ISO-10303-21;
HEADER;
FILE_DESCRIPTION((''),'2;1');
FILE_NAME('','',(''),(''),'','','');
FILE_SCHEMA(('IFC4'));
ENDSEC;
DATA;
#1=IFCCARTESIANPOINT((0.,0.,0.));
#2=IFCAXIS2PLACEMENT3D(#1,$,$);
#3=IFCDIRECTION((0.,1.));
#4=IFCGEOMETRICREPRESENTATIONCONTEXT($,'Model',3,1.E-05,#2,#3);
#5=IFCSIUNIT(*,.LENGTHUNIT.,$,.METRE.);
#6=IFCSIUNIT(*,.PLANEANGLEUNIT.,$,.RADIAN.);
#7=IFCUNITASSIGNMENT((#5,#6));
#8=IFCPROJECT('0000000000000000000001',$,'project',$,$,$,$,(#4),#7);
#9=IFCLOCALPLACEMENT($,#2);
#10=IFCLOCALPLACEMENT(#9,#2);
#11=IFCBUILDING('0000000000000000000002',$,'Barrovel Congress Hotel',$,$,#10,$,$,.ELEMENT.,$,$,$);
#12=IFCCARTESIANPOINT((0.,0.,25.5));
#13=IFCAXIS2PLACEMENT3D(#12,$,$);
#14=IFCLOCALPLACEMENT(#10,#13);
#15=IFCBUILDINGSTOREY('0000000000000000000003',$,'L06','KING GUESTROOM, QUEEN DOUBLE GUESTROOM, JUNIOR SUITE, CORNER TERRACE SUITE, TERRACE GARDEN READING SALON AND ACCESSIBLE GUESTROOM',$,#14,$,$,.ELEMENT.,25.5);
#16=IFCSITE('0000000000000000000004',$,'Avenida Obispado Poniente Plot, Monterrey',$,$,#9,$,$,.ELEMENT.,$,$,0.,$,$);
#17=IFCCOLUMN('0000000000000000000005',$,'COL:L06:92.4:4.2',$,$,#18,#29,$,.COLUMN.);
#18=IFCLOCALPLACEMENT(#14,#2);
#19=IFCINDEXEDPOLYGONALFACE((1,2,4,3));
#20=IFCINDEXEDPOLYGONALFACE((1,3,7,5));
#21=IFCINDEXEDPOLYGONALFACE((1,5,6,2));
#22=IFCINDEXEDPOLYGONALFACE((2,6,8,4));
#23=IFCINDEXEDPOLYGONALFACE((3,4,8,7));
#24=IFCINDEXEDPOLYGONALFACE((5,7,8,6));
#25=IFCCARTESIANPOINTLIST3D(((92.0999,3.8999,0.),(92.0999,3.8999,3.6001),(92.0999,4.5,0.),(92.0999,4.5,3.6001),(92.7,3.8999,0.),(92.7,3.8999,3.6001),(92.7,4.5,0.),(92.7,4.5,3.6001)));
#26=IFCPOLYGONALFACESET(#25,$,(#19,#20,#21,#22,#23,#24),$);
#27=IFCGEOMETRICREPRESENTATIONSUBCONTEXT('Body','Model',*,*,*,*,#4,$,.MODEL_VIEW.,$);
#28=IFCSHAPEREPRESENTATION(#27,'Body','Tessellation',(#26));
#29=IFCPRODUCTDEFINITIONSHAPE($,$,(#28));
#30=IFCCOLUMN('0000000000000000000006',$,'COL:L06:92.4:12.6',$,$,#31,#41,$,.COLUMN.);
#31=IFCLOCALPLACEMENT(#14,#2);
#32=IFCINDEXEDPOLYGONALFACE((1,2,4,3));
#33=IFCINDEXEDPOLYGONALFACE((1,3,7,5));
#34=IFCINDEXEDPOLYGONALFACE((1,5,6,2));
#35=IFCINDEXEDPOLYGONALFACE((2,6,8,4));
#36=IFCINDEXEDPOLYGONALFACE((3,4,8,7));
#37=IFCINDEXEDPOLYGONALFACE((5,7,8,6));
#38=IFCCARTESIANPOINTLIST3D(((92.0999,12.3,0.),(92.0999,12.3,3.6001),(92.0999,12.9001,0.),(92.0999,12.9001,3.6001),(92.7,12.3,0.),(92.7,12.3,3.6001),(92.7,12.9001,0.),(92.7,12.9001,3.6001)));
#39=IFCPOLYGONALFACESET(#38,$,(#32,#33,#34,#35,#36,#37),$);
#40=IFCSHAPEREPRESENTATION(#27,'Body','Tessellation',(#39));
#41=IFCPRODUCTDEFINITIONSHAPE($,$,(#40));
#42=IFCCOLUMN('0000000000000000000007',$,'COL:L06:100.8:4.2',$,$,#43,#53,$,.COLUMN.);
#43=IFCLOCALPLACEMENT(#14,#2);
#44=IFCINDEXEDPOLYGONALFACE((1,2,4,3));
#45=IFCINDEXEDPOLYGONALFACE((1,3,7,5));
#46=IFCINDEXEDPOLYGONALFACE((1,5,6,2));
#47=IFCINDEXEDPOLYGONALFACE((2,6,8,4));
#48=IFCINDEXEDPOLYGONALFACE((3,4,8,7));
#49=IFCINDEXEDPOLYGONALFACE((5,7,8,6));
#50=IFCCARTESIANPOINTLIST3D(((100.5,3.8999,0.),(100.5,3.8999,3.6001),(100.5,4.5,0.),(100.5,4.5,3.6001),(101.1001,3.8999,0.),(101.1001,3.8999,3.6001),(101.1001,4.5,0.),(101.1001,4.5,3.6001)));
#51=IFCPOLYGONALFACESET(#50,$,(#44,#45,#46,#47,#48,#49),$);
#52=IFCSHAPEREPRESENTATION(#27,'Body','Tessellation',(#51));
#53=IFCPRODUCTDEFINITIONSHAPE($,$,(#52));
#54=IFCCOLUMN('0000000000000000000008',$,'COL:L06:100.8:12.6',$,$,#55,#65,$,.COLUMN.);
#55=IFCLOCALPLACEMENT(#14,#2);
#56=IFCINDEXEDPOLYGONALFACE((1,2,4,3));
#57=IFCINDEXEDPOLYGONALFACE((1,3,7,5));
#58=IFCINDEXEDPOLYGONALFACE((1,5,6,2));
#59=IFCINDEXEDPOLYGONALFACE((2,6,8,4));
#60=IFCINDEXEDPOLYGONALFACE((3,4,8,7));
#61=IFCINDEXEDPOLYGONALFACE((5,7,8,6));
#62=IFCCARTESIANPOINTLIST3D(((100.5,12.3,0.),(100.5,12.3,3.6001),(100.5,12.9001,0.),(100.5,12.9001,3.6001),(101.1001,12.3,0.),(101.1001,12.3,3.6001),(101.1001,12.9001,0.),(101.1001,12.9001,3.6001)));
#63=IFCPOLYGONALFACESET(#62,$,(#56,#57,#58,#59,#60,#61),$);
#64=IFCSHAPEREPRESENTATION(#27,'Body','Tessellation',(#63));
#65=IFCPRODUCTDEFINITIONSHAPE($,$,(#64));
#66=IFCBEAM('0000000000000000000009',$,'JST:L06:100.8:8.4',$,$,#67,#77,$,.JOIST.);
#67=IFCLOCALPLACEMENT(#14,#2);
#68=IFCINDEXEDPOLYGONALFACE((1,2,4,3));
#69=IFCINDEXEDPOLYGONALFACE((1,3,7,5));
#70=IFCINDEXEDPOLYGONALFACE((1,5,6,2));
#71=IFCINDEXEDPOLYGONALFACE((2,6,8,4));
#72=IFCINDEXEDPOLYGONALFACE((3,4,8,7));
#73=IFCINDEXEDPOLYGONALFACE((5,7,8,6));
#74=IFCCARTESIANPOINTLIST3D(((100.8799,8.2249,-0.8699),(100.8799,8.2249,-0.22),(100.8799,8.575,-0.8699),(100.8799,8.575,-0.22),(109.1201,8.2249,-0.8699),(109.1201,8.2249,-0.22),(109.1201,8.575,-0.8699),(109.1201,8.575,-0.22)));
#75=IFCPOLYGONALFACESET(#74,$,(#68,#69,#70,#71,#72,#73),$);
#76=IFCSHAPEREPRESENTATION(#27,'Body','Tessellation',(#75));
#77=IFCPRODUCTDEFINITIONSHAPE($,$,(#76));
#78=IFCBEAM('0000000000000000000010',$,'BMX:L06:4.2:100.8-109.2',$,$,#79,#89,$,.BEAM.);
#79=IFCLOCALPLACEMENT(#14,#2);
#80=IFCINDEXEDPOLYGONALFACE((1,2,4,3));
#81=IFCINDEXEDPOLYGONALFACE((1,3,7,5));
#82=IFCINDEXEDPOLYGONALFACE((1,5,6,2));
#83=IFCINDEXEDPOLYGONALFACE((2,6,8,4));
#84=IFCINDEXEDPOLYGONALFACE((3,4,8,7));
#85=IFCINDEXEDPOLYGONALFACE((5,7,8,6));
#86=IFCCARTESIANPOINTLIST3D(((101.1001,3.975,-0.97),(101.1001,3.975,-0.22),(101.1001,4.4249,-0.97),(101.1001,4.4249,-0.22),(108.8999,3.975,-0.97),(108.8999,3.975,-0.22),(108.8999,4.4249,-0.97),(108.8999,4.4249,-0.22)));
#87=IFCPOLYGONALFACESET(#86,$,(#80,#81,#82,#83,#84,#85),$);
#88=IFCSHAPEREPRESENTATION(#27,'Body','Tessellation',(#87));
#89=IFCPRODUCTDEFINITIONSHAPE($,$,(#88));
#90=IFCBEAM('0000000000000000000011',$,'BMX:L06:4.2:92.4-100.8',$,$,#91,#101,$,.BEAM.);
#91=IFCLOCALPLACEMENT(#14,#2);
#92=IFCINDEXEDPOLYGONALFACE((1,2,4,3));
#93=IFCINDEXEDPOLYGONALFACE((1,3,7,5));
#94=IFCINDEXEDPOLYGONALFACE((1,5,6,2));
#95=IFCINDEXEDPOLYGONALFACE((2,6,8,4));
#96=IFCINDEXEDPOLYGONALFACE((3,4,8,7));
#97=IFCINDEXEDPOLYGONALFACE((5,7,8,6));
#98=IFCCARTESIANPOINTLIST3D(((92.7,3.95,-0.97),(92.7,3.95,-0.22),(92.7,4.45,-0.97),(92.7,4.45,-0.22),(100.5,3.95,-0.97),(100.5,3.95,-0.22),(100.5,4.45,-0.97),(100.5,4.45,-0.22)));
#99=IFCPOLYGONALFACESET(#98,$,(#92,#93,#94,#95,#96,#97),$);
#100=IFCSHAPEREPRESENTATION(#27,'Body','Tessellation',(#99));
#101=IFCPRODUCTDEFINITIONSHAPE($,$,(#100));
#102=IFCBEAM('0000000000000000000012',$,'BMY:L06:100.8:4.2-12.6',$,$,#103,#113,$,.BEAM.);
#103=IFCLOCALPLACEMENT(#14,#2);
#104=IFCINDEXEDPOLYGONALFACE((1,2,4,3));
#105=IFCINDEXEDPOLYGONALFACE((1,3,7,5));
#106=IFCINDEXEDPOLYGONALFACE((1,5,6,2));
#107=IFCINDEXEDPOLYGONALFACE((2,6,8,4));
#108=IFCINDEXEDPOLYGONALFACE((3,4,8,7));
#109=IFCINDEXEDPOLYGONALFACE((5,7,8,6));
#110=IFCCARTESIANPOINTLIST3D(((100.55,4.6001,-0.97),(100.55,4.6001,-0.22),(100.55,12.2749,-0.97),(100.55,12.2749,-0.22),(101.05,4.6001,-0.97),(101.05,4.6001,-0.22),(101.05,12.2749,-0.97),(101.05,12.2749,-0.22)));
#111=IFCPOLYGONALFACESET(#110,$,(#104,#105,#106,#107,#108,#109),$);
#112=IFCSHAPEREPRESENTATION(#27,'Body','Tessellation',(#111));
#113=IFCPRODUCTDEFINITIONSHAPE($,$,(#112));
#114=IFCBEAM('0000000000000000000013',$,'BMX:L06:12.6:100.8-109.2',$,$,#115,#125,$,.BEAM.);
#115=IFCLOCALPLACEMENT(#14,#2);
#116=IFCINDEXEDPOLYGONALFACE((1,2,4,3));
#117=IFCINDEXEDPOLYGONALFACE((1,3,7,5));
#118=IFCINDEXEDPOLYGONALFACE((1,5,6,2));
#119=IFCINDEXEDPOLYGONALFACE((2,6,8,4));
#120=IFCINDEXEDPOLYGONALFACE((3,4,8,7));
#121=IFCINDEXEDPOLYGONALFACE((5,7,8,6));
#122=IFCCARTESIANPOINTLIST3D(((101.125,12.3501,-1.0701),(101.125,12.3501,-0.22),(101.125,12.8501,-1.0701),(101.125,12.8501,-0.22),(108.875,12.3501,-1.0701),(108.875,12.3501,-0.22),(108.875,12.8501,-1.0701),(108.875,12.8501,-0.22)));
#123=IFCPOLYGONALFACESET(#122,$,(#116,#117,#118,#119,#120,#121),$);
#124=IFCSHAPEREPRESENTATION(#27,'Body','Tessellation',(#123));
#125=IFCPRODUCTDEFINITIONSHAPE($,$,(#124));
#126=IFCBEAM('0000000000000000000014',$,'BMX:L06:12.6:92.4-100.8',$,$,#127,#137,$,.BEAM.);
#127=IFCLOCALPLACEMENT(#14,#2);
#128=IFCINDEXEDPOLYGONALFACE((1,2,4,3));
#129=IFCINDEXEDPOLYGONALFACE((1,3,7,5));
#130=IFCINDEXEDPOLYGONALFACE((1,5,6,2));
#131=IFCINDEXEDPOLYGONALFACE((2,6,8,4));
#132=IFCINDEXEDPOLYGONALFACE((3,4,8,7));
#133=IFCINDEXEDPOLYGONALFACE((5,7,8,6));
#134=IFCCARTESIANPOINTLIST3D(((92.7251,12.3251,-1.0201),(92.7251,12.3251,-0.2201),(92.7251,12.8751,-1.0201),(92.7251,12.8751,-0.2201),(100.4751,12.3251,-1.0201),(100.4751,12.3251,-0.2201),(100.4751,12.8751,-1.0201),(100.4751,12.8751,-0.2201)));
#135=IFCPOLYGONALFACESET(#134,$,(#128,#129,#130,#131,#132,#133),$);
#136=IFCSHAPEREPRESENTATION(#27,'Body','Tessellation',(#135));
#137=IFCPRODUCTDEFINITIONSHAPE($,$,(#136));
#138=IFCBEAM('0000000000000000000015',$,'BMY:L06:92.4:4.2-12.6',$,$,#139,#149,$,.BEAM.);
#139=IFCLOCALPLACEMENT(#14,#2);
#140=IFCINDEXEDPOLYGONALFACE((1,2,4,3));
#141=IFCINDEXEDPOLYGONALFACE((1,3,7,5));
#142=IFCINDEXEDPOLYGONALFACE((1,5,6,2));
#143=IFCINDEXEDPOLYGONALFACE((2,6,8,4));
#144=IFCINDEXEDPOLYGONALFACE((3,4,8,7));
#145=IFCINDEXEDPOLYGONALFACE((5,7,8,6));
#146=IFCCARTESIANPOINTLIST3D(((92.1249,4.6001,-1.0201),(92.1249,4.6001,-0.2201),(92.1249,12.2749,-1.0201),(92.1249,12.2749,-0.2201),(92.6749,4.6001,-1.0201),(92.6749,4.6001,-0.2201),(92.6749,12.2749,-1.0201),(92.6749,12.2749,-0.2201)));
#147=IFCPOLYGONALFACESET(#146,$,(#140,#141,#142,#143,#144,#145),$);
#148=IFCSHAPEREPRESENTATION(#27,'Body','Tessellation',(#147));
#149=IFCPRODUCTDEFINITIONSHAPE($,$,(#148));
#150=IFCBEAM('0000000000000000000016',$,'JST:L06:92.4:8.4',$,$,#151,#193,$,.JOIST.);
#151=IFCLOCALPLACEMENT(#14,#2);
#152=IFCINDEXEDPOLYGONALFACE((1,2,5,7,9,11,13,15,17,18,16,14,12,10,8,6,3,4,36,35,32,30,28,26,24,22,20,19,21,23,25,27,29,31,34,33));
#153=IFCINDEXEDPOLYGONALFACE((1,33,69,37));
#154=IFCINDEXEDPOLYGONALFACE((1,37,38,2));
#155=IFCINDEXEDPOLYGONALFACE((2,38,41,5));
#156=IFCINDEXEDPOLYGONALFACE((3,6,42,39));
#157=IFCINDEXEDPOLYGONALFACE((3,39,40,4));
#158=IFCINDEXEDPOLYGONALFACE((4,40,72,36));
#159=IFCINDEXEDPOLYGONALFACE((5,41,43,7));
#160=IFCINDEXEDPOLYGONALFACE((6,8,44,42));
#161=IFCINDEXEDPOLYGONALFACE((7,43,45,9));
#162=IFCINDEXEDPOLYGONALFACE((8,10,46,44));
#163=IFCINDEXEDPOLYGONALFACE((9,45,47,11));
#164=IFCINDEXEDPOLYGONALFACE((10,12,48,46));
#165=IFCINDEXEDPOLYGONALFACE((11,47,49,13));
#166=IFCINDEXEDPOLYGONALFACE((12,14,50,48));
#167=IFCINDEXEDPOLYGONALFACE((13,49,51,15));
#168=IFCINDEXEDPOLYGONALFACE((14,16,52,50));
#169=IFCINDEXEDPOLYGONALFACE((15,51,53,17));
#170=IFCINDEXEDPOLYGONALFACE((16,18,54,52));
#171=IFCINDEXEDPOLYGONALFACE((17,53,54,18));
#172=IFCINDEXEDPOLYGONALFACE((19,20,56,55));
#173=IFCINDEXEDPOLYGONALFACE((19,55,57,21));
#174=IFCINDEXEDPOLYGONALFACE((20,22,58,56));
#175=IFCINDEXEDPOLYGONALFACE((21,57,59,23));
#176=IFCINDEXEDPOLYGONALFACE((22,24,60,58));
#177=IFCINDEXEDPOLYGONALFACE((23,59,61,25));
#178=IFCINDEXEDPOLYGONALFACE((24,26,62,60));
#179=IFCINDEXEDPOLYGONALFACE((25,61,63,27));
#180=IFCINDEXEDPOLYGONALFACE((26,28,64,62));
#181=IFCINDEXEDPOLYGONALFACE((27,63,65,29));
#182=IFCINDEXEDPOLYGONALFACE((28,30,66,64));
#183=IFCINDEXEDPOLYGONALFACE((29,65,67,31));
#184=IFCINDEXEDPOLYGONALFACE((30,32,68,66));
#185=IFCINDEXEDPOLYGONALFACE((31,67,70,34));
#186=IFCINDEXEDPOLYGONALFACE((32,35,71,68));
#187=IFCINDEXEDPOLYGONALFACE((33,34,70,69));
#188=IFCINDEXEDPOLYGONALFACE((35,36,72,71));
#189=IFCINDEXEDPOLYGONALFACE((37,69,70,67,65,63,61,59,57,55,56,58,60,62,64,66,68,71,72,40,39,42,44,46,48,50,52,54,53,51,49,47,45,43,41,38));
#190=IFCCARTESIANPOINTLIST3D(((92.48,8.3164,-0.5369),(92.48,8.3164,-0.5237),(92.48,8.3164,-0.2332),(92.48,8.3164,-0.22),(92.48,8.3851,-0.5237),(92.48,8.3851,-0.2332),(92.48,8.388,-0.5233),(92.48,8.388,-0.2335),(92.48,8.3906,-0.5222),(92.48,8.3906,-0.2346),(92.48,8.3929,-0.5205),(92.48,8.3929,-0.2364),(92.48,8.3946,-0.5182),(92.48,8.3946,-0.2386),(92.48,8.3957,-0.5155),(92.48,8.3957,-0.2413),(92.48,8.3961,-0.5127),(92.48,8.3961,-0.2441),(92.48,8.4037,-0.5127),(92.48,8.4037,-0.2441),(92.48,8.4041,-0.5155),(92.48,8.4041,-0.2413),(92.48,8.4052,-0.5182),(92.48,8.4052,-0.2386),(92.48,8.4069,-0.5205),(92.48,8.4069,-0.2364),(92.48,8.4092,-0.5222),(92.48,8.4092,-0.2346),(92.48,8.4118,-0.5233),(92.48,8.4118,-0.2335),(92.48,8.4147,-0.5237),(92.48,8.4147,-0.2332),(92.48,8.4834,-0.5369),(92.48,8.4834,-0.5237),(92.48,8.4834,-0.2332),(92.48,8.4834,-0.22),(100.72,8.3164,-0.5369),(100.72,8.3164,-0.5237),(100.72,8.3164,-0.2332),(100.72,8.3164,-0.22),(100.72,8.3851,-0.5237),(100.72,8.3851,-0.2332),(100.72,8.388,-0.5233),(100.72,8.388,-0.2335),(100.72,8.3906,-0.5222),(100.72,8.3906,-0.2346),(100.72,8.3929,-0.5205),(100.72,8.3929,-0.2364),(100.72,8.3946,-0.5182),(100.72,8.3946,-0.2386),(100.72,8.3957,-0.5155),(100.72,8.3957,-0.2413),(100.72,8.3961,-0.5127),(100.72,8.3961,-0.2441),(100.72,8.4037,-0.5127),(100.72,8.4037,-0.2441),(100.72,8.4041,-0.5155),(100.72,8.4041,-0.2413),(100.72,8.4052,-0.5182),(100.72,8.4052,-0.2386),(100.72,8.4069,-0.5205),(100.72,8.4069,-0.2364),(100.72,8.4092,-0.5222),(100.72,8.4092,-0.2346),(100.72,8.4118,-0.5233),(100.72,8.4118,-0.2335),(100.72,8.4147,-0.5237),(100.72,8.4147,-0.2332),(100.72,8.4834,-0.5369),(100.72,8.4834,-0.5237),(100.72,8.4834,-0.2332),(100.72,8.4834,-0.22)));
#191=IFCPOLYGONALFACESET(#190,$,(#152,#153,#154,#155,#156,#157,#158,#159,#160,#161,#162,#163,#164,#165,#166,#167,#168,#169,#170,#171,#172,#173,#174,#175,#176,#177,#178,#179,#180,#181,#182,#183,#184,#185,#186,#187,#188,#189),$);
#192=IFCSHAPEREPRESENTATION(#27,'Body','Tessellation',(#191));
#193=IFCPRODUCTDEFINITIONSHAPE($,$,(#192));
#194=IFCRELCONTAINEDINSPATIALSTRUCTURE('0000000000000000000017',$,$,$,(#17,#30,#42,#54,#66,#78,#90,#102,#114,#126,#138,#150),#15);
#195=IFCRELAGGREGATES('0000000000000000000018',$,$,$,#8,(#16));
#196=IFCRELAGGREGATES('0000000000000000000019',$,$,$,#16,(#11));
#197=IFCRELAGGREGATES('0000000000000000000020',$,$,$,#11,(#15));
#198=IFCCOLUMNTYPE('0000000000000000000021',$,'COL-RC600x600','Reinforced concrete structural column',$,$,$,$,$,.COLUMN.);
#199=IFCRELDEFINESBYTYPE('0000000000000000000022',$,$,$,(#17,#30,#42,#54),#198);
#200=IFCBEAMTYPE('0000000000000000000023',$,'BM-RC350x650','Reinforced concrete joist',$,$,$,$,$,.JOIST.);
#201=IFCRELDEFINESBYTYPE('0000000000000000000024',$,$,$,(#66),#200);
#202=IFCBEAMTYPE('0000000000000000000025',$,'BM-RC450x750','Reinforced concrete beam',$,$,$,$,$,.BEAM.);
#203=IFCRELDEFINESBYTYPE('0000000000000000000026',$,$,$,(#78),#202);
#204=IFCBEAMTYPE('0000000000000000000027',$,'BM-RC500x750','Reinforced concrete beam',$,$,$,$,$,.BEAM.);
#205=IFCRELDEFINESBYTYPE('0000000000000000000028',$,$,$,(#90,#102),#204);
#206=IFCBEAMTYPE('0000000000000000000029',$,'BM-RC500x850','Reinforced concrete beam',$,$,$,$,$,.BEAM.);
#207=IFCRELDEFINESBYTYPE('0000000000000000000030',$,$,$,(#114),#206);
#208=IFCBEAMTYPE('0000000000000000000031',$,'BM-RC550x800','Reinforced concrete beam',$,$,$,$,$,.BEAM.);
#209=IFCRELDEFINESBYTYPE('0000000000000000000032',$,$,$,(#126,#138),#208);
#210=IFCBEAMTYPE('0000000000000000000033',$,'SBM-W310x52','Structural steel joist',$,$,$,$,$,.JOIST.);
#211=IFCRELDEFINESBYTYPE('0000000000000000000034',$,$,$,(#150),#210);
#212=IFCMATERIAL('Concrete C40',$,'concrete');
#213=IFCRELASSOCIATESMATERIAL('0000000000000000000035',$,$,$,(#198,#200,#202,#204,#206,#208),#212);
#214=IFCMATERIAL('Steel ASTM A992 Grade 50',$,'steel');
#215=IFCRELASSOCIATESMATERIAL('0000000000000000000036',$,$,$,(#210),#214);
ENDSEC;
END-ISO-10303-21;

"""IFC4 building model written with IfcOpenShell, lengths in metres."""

from ifc_helpers import new_model, si_unit, direction, frame, origin, origin_2d, place, context, subcontext, project, spatial, rectangle, i_section, extrude, material, material_profile, profile_set, type_object, element, save


model = new_model("IFC4")

# Units and contexts
model_context = context("Model", 3, precision=1e-05, world=origin(), true_north=direction((0.0, 1.0)))
body_context = subcontext(model_context, "Body", "Model", "MODEL_VIEW")
ifc_project = project(units=[si_unit("LENGTHUNIT", "METRE"), si_unit("PLANEANGLEUNIT", "RADIAN")], contexts=[model_context])

# Site, building, storey
site_placement = place(None, origin())
site = spatial("IfcSite", under=ifc_project, at=site_placement, Name="Avenida Obispado Poniente Plot, Monterrey", CompositionType="ELEMENT", RefElevation=0.0)
building_placement = place(site_placement, origin())
building = spatial("IfcBuilding", under=site, at=building_placement, Name="Barrovel Congress Hotel", CompositionType="ELEMENT")
storey_placement = place(building_placement, frame((0.0, 0.0, 25.5)))
storey = spatial("IfcBuildingStorey", under=building, at=storey_placement, Name="L06", Description="KING GUESTROOM, QUEEN DOUBLE GUESTROOM, JUNIOR SUITE, CORNER TERRACE SUITE, TERRACE GARDEN READING SALON AND ACCESSIBLE GUESTROOM", CompositionType="ELEMENT", Elevation=25.5)

# Columns
ifc_material_1 = material(Name="Concrete C40", Category="concrete")
ifc_material_profile_1 = material_profile(ifc_material_1, rectangle(XDim=0.6001, YDim=0.6001, at=origin_2d()), Name="RC600x600")
ifc_profile_set_1 = profile_set([ifc_material_profile_1], Name="Concrete C40")
column_type = type_object("IfcColumnType", Name="COL-RC600x600", Description="Reinforced concrete structural column", PredefinedType="COLUMN", material=ifc_profile_set_1)
for number, where, z_axis, x_axis, name in (
    (1, (92.3999, 4.2, 0.0), (0.0, 0.0, 1.0), (1.0, 0.0, 0.0), "COL:L06:92.4:4.2"),
    (2, (92.3999, 12.6001, 0.0), (0.0, 0.0, 1.0), (1.0, 0.0, 0.0), "COL:L06:92.4:12.6"),
    (3, (100.8, 4.2, 0.0), (0.0, 0.0, 1.0), (1.0, 0.0, 0.0), "COL:L06:100.8:4.2"),
    (4, (100.8, 12.6001, 0.0), (0.0, 0.0, 1.0), (1.0, 0.0, 0.0), "COL:L06:100.8:12.6"),
):
    element("IfcColumn", number, at=place(storey_placement, frame(where, z_axis=z_axis, x_axis=x_axis)), inside=storey, type_object=column_type, Name=name, PredefinedType="COLUMN", context=body_context, shape_type="SweptSolid", body=[
        extrude(rectangle(XDim=0.6001, YDim=0.6001, at=origin_2d()), origin(), (0.0, 0.0, 1.0), 3.6001),
    ])

# Beams
ifc_material_profile_2 = material_profile(ifc_material_1, rectangle(XDim=0.3501, YDim=0.6499, at=origin_2d()), Name="RC350x650")
ifc_profile_set_2 = profile_set([ifc_material_profile_2], Name="Concrete C40")
beam_type_1 = type_object("IfcBeamType", Name="BM-RC350x650", Description="Reinforced concrete joist", PredefinedType="JOIST", material=ifc_profile_set_2)
beam_1_placement = place(storey_placement, frame((100.8799, 8.3999, -0.5449), z_axis=(1.0, 0.0, 0.0), x_axis=(0.0, 1.0, 0.0)))
element("IfcBeam", 5, at=beam_1_placement, inside=storey, type_object=beam_type_1, Name="JST:L06:100.8:8.4", PredefinedType="JOIST", context=body_context, shape_type="SweptSolid", body=[
    extrude(rectangle(XDim=0.3501, YDim=0.6499, at=origin_2d()), origin(), (0.0, 0.0, 1.0), 8.2402),
])
ifc_material_profile_3 = material_profile(ifc_material_1, rectangle(XDim=0.45, YDim=0.75, at=origin_2d()), Name="RC450x750")
ifc_profile_set_3 = profile_set([ifc_material_profile_3], Name="Concrete C40")
beam_type_2 = type_object("IfcBeamType", Name="BM-RC450x750", Description="Reinforced concrete beam", PredefinedType="BEAM", material=ifc_profile_set_3)
beam_2_placement = place(storey_placement, frame((101.1001, 4.2, -0.595), z_axis=(1.0, 0.0, 0.0), x_axis=(0.0, 1.0, 0.0)))
element("IfcBeam", 6, at=beam_2_placement, inside=storey, type_object=beam_type_2, Name="BMX:L06:4.2:100.8-109.2", PredefinedType="BEAM", context=body_context, shape_type="SweptSolid", body=[
    extrude(rectangle(XDim=0.45, YDim=0.75, at=origin_2d()), origin(), (0.0, 0.0, 1.0), 7.7998),
])
ifc_material_profile_4 = material_profile(ifc_material_1, rectangle(XDim=0.5, YDim=0.75, at=origin_2d()), Name="RC500x750")
ifc_profile_set_4 = profile_set([ifc_material_profile_4], Name="Concrete C40")
beam_type_3 = type_object("IfcBeamType", Name="BM-RC500x750", Description="Reinforced concrete beam", PredefinedType="BEAM", material=ifc_profile_set_4)
beam_3_placement = place(storey_placement, frame((92.7, 4.2, -0.595), z_axis=(1.0, 0.0, 0.0), x_axis=(0.0, 1.0, 0.0)))
element("IfcBeam", 7, at=beam_3_placement, inside=storey, type_object=beam_type_3, Name="BMX:L06:4.2:92.4-100.8", PredefinedType="BEAM", context=body_context, shape_type="SweptSolid", body=[
    extrude(rectangle(XDim=0.5, YDim=0.75, at=origin_2d()), origin(), (0.0, 0.0, 1.0), 7.8),
])
beam_4_placement = place(storey_placement, frame((100.8, 4.6001, -0.595), z_axis=(0.0, 1.0, 0.0), x_axis=(-1.0, 0.0, 0.0)))
element("IfcBeam", 8, at=beam_4_placement, inside=storey, type_object=beam_type_3, Name="BMY:L06:100.8:4.2-12.6", PredefinedType="BEAM", context=body_context, shape_type="SweptSolid", body=[
    extrude(rectangle(XDim=0.5, YDim=0.75, at=origin_2d()), origin(), (0.0, 0.0, 1.0), 7.6748),
])
ifc_material_profile_5 = material_profile(ifc_material_1, rectangle(XDim=0.5, YDim=0.8501, at=origin_2d()), Name="RC500x850")
ifc_profile_set_5 = profile_set([ifc_material_profile_5], Name="Concrete C40")
beam_type_4 = type_object("IfcBeamType", Name="BM-RC500x850", Description="Reinforced concrete beam", PredefinedType="BEAM", material=ifc_profile_set_5)
beam_5_placement = place(storey_placement, frame((101.125, 12.6001, -0.645), z_axis=(1.0, 0.0, 0.0), x_axis=(0.0, 1.0, 0.0)))
element("IfcBeam", 9, at=beam_5_placement, inside=storey, type_object=beam_type_4, Name="BMX:L06:12.6:100.8-109.2", PredefinedType="BEAM", context=body_context, shape_type="SweptSolid", body=[
    extrude(rectangle(XDim=0.5, YDim=0.8501, at=origin_2d()), origin(), (0.0, 0.0, 1.0), 7.75),
])
ifc_material_profile_6 = material_profile(ifc_material_1, rectangle(XDim=0.55, YDim=0.8, at=origin_2d()), Name="RC550x800")
ifc_profile_set_6 = profile_set([ifc_material_profile_6], Name="Concrete C40")
beam_type_5 = type_object("IfcBeamType", Name="BM-RC550x800", Description="Reinforced concrete beam", PredefinedType="BEAM", material=ifc_profile_set_6)
beam_6_placement = place(storey_placement, frame((92.7251, 12.6001, -0.6201), z_axis=(1.0, 0.0, 0.0), x_axis=(0.0, 1.0, 0.0)))
element("IfcBeam", 10, at=beam_6_placement, inside=storey, type_object=beam_type_5, Name="BMX:L06:12.6:92.4-100.8", PredefinedType="BEAM", context=body_context, shape_type="SweptSolid", body=[
    extrude(rectangle(XDim=0.55, YDim=0.8, at=origin_2d()), origin(), (0.0, 0.0, 1.0), 7.75),
])
beam_7_placement = place(storey_placement, frame((92.3999, 4.6001, -0.6201), z_axis=(0.0, 1.0, 0.0), x_axis=(-1.0, 0.0, 0.0)))
element("IfcBeam", 11, at=beam_7_placement, inside=storey, type_object=beam_type_5, Name="BMY:L06:92.4:4.2-12.6", PredefinedType="BEAM", context=body_context, shape_type="SweptSolid", body=[
    extrude(rectangle(XDim=0.55, YDim=0.8, at=origin_2d()), origin(), (0.0, 0.0, 1.0), 7.6748),
])
ifc_material_2 = material(Name="Steel ASTM A992 Grade 50", Category="steel")
ifc_material_profile_7 = material_profile(ifc_material_2, i_section(OverallWidth=0.167, OverallDepth=0.3169, WebThickness=0.0076, FlangeThickness=0.0132, FilletRadius=0.011, at=origin_2d()), Name="W310x52")
ifc_profile_set_7 = profile_set([ifc_material_profile_7], Name="Steel ASTM A992 Grade 50")
beam_type_6 = type_object("IfcBeamType", Name="SBM-W310x52", Description="Structural steel joist", PredefinedType="JOIST", material=ifc_profile_set_7)
beam_8_placement = place(storey_placement, frame((92.48, 8.3999, -0.3784), z_axis=(1.0, 0.0, 0.0), x_axis=(0.0, 1.0, 0.0)))
element("IfcBeam", 12, at=beam_8_placement, inside=storey, type_object=beam_type_6, Name="JST:L06:92.4:8.4", PredefinedType="JOIST", context=body_context, shape_type="SweptSolid", body=[
    extrude(i_section(OverallWidth=0.167, OverallDepth=0.3169, WebThickness=0.0076, FlangeThickness=0.0132, FilletRadius=0.011, at=origin_2d()), origin(), (0.0, 0.0, 1.0), 8.24),
])

save(model, "model.ifc")
